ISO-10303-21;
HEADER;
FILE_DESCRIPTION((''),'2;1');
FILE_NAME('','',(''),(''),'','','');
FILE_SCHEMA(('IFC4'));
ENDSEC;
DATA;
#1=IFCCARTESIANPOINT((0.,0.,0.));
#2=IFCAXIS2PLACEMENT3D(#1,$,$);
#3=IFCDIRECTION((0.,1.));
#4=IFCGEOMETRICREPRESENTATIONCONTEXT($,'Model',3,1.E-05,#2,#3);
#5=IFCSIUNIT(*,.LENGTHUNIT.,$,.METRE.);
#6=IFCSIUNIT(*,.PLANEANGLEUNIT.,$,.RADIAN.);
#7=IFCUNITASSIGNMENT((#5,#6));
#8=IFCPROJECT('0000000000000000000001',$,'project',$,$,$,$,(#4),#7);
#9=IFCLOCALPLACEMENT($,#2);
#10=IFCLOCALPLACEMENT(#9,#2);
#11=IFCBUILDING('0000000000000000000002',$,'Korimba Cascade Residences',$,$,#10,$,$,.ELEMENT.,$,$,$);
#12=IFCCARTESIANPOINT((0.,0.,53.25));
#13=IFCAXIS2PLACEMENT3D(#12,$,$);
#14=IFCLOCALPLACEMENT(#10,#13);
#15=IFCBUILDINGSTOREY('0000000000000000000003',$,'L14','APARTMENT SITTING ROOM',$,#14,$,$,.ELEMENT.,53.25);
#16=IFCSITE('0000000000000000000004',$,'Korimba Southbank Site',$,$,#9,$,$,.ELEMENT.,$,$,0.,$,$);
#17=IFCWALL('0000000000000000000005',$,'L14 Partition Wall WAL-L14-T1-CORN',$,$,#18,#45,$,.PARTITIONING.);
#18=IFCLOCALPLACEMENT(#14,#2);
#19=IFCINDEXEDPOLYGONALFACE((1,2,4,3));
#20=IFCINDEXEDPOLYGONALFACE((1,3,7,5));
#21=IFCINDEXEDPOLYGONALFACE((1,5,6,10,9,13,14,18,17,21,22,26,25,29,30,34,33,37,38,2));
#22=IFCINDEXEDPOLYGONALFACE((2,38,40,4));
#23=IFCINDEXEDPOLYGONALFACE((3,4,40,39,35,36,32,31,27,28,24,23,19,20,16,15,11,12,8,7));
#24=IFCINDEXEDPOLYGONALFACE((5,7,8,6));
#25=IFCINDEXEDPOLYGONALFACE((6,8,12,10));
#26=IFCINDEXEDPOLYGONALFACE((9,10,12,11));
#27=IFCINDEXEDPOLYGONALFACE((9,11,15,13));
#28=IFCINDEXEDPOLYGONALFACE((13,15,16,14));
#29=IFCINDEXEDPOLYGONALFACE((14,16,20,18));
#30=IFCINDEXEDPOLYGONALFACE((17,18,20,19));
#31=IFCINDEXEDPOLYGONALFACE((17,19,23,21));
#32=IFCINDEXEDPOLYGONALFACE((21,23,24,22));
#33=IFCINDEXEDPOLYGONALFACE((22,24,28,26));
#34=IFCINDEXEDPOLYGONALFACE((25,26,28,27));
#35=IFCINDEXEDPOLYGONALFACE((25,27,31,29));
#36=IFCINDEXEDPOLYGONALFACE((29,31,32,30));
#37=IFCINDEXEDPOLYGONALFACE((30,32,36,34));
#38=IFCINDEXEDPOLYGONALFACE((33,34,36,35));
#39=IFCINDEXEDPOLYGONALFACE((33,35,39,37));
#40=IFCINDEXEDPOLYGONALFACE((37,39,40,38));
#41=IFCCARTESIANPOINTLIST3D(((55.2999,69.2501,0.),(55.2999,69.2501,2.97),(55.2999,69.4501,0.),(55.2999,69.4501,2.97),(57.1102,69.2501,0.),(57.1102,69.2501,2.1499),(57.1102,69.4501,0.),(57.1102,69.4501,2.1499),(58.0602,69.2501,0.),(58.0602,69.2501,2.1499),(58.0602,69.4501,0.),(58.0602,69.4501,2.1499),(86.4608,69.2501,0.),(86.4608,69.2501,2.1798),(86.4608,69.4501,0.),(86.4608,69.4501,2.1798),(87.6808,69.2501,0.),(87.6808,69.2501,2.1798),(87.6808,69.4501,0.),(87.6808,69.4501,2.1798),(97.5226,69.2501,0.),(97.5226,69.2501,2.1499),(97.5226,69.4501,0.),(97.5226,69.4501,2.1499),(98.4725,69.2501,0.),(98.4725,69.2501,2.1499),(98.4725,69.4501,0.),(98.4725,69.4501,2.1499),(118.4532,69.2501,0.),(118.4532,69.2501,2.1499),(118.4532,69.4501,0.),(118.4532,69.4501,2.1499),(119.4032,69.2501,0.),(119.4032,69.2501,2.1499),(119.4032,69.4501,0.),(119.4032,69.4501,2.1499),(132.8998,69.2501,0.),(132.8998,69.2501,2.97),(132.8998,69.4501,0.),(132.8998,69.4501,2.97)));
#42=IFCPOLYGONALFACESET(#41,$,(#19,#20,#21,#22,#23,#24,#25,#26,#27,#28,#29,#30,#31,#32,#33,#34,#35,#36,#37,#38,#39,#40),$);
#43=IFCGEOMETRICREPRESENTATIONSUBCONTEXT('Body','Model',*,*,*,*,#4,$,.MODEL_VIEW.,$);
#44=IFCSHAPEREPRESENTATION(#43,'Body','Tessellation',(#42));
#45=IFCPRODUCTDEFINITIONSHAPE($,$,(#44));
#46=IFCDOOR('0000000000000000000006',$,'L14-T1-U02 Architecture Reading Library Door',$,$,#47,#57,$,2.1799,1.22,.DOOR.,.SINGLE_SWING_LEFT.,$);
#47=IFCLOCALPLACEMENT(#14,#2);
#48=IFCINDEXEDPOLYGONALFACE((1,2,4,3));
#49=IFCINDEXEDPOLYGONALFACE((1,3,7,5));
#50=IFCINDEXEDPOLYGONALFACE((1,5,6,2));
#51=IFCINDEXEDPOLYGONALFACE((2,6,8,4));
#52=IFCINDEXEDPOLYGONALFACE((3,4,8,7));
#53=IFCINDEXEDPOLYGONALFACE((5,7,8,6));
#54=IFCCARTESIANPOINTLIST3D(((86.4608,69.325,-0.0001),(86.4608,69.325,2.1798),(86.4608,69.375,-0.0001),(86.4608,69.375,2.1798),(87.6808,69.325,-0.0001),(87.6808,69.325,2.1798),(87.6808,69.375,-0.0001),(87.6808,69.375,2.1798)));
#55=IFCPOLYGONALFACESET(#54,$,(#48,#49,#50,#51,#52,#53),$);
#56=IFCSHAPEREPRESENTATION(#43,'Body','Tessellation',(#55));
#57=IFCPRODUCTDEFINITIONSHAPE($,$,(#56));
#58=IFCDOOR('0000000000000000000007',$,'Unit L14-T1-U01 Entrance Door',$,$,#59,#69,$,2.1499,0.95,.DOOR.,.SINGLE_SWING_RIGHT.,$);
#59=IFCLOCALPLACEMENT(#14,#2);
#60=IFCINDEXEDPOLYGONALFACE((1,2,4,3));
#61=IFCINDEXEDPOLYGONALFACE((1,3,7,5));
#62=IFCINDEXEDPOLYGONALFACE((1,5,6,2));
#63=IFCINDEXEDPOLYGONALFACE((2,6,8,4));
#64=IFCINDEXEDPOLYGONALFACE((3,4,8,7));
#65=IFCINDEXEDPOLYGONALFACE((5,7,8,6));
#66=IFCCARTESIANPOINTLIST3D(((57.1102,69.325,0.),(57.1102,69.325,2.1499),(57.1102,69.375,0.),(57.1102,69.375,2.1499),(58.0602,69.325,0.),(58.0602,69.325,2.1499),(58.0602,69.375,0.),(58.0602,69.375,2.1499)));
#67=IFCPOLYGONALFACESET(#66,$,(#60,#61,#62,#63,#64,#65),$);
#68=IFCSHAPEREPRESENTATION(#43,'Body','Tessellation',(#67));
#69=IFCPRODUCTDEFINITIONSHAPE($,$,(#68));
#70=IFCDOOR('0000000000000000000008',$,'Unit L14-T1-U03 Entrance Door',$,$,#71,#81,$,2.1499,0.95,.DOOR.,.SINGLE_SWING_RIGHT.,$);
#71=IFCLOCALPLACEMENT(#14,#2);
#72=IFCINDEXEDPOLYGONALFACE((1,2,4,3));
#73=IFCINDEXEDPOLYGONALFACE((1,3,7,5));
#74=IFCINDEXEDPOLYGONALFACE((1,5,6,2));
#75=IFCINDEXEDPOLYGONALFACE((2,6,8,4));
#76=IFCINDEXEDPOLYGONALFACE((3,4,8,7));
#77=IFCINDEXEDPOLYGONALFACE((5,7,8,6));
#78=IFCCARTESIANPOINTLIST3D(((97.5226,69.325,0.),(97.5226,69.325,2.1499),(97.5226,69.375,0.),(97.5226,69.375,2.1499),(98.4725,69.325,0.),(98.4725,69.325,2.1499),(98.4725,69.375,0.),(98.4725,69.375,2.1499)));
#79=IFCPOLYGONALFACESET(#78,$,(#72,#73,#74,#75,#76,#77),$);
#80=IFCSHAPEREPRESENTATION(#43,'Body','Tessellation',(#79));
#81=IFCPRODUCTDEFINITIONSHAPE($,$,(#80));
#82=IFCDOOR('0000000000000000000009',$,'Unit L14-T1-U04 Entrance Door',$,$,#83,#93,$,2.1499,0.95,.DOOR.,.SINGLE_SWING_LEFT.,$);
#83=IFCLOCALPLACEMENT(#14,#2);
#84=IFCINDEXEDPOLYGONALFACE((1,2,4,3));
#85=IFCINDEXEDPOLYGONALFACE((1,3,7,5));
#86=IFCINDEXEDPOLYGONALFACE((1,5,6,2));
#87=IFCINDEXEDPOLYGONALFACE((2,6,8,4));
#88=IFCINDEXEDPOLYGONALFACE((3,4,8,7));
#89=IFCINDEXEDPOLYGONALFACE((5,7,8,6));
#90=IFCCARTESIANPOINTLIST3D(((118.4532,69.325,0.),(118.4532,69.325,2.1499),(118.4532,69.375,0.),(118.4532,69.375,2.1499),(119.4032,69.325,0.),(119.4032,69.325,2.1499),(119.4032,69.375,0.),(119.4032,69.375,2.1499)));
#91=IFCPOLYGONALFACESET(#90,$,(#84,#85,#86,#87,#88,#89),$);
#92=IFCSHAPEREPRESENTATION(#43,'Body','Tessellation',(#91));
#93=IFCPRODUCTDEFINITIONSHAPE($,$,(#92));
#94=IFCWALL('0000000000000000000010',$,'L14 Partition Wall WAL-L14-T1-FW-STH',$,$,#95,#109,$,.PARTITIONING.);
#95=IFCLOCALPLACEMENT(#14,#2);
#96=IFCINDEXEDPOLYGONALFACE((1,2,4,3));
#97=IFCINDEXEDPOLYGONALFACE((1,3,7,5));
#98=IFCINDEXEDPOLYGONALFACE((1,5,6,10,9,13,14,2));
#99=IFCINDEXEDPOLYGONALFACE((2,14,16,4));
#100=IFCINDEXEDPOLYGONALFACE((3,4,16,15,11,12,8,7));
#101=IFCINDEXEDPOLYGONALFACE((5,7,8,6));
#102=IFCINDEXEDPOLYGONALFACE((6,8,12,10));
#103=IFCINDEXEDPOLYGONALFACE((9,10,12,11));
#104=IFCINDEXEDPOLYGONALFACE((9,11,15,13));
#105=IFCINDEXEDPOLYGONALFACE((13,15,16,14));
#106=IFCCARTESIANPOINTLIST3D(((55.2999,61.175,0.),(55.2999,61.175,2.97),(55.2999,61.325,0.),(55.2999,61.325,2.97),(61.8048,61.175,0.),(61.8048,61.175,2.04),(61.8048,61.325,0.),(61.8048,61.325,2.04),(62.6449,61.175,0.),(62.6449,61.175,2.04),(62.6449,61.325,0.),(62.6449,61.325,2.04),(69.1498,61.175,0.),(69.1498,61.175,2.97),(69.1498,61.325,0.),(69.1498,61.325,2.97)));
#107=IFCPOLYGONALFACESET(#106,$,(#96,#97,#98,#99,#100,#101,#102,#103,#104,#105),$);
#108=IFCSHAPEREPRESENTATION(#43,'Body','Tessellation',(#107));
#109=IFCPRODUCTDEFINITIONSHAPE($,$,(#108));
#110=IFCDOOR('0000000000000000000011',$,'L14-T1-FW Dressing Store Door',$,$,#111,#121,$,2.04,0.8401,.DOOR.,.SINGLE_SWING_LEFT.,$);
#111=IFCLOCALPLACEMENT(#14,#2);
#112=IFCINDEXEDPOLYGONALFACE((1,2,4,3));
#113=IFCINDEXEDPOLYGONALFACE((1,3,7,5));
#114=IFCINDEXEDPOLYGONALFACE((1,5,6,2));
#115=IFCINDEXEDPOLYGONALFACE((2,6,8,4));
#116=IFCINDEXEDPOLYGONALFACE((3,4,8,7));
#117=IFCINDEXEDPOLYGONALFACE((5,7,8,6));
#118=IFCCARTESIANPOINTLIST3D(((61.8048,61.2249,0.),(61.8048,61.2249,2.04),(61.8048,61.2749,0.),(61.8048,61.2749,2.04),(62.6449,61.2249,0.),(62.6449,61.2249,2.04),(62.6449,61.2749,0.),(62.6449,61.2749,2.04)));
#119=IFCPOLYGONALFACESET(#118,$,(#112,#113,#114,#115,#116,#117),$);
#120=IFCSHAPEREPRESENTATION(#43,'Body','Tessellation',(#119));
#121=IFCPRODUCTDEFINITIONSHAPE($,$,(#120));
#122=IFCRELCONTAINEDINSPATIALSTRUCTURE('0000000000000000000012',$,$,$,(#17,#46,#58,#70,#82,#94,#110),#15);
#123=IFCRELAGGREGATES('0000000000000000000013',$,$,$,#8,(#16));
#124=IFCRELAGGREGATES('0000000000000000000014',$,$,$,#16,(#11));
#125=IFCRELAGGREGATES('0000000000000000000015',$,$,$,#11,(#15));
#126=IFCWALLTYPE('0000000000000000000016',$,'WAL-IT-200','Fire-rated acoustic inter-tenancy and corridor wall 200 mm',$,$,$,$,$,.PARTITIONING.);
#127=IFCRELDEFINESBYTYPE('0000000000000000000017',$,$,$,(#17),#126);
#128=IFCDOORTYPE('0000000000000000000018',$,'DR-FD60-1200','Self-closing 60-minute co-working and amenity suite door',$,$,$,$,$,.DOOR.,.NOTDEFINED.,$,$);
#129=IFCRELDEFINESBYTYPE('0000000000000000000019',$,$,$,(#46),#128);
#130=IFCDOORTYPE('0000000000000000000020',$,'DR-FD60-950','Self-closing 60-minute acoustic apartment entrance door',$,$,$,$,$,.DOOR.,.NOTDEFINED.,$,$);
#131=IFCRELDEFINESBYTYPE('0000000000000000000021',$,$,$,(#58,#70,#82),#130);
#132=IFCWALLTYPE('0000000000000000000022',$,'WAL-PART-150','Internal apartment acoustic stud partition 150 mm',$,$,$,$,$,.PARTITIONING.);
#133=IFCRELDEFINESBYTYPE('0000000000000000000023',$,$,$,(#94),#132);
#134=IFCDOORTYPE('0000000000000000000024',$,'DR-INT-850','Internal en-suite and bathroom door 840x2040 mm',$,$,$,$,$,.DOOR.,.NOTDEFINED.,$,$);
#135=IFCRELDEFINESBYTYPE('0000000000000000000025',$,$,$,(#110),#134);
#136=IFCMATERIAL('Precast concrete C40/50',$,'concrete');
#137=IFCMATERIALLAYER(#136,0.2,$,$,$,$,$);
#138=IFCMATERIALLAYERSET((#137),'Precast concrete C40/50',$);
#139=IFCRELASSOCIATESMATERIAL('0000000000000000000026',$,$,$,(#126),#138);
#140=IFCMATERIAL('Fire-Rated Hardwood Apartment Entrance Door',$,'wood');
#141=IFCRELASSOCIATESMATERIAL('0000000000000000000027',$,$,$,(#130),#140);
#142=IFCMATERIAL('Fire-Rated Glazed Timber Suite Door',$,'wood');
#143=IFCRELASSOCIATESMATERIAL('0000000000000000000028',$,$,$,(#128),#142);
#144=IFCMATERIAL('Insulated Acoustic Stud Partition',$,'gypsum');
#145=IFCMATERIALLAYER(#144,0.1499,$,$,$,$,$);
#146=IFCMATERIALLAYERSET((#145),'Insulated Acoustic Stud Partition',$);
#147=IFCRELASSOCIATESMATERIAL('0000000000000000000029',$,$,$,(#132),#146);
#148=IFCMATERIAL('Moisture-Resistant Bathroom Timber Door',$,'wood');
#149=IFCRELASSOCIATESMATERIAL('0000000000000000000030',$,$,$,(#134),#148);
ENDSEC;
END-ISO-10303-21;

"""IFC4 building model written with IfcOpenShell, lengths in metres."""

from ifc_helpers import new_model, si_unit, direction, frame, frame_2d, origin, place, context, subcontext, project, spatial, rectangle, extrude, material, layer, layer_set, type_object, element, fill, save


model = new_model("IFC4")

# Units and contexts
model_context = context("Model", 3, precision=1e-05, world=origin(), true_north=direction((0.0, 1.0)))
body_context = subcontext(model_context, "Body", "Model", "MODEL_VIEW")
ifc_project = project(units=[si_unit("LENGTHUNIT", "METRE"), si_unit("PLANEANGLEUNIT", "RADIAN")], contexts=[model_context])

# Site, building, storey
site_placement = place(None, origin())
site = spatial("IfcSite", under=ifc_project, at=site_placement, Name="Korimba Southbank Site", CompositionType="ELEMENT", RefElevation=0.0)
building_placement = place(site_placement, origin())
building = spatial("IfcBuilding", under=site, at=building_placement, Name="Korimba Cascade Residences", CompositionType="ELEMENT")
storey_placement = place(building_placement, frame((0.0, 0.0, 53.25)))
storey = spatial("IfcBuildingStorey", under=building, at=storey_placement, Name="L14", Description="APARTMENT SITTING ROOM", CompositionType="ELEMENT", Elevation=53.25)

# Shared definitions
ifc_material_1 = material(Name="Precast concrete C40/50", Category="concrete")
ifc_layer_1 = layer(ifc_material_1, 0.2)
ifc_layer_set_1 = layer_set([ifc_layer_1], Name="Precast concrete C40/50")
wall_type_1 = type_object("IfcWallType", Name="WAL-IT-200", Description="Fire-rated acoustic inter-tenancy and corridor wall 200 mm", PredefinedType="PARTITIONING", material=ifc_layer_set_1)
ifc_material_2 = material(Name="Fire-Rated Hardwood Apartment Entrance Door", Category="wood")
door_type_1 = type_object("IfcDoorType", Name="DR-FD60-950", Description="Self-closing 60-minute acoustic apartment entrance door", OperationType="NOTDEFINED", PredefinedType="DOOR", material=ifc_material_2)

# Wall, openings, doors
wall_1_placement = place(storey_placement, frame((55.3, 69.3501, 0.0), z_axis=(0.0, 0.0, 1.0), x_axis=(1.0, 0.0, 0.0)))
wall_1 = element("IfcWall", 1, at=wall_1_placement, inside=storey, type_object=wall_type_1, Name="L14 Partition Wall WAL-L14-T1-CORN", PredefinedType="PARTITIONING", context=body_context, shape_type="SweptSolid", body=[
    extrude(rectangle(XDim=77.5999, YDim=0.2, at=frame_2d((38.7998, 0.0))), origin(), (0.0, 0.0, 1.0), 2.97),
])
opening_1_placement = place(wall_1_placement, frame((1.8101, 0.0, 0.0)))
opening_1 = element("IfcOpeningElement", 2, at=opening_1_placement, cuts=wall_1, PredefinedType="OPENING", context=body_context, shape_type="SweptSolid", body=[
    extrude(rectangle(XDim=0.95, YDim=2.1499, at=frame_2d((0.4751, 1.075))), frame((0.0, 0.1099, 0.0), z_axis=(0.0, -1.0, 0.0), x_axis=(1.0, 0.0, 0.0)), (0.0, 0.0, 1.0), 0.22),
])
opening_2_placement = place(wall_1_placement, frame((31.1609, 0.0, 0.0)))
opening_2 = element("IfcOpeningElement", 3, at=opening_2_placement, cuts=wall_1, PredefinedType="OPENING", context=body_context, shape_type="SweptSolid", body=[
    extrude(rectangle(XDim=1.22, YDim=2.1799, at=frame_2d((0.6099, 1.0898))), frame((0.0, 0.1099, 0.0), z_axis=(0.0, -1.0, 0.0), x_axis=(1.0, 0.0, 0.0)), (0.0, 0.0, 1.0), 0.22),
])
opening_3_placement = place(wall_1_placement, frame((42.2224, 0.0, 0.0)))
opening_3 = element("IfcOpeningElement", 4, at=opening_3_placement, cuts=wall_1, PredefinedType="OPENING", context=body_context, shape_type="SweptSolid", body=[
    extrude(rectangle(XDim=0.95, YDim=2.1499, at=frame_2d((0.4751, 1.075))), frame((0.0, 0.1099, 0.0), z_axis=(0.0, -1.0, 0.0), x_axis=(1.0, 0.0, 0.0)), (0.0, 0.0, 1.0), 0.22),
])
opening_4_placement = place(wall_1_placement, frame((63.1531, 0.0, 0.0)))
opening_4 = element("IfcOpeningElement", 5, at=opening_4_placement, cuts=wall_1, PredefinedType="OPENING", context=body_context, shape_type="SweptSolid", body=[
    extrude(rectangle(XDim=0.95, YDim=2.1499, at=frame_2d((0.4751, 1.075))), frame((0.0, 0.1099, 0.0), z_axis=(0.0, -1.0, 0.0), x_axis=(1.0, 0.0, 0.0)), (0.0, 0.0, 1.0), 0.22),
])
ifc_material_3 = material(Name="Fire-Rated Glazed Timber Suite Door", Category="wood")
door_type_2 = type_object("IfcDoorType", Name="DR-FD60-1200", Description="Self-closing 60-minute co-working and amenity suite door", OperationType="NOTDEFINED", PredefinedType="DOOR", material=ifc_material_3)
door_1_placement = place(opening_2_placement, origin())
door_1 = element("IfcDoor", 6, at=door_1_placement, inside=storey, type_object=door_type_2, Name="L14-T1-U02 Architecture Reading Library Door", OperationType="SINGLE_SWING_LEFT", OverallHeight=2.1799, OverallWidth=1.22, PredefinedType="DOOR", context=body_context, shape_type="SweptSolid", body=[
    extrude(rectangle(XDim=1.22, YDim=2.1799, at=frame_2d((0.6099, 1.0898))), frame((0.0, 0.0249, 0.0), z_axis=(0.0, -1.0, 0.0), x_axis=(1.0, 0.0, 0.0)), (0.0, 0.0, 1.0), 0.05),
])
fill(opening_2, door_1)
door_2_placement = place(opening_1_placement, origin())
door_2 = element("IfcDoor", 7, at=door_2_placement, inside=storey, type_object=door_type_1, Name="Unit L14-T1-U01 Entrance Door", OperationType="SINGLE_SWING_RIGHT", OverallHeight=2.1499, OverallWidth=0.95, PredefinedType="DOOR", context=body_context, shape_type="SweptSolid", body=[
    extrude(rectangle(XDim=0.95, YDim=2.1499, at=frame_2d((0.4751, 1.075))), frame((0.0, 0.0249, 0.0), z_axis=(0.0, -1.0, 0.0), x_axis=(1.0, 0.0, 0.0)), (0.0, 0.0, 1.0), 0.05),
])
fill(opening_1, door_2)
door_3_placement = place(opening_3_placement, origin())
door_3 = element("IfcDoor", 8, at=door_3_placement, inside=storey, type_object=door_type_1, Name="Unit L14-T1-U03 Entrance Door", OperationType="SINGLE_SWING_RIGHT", OverallHeight=2.1499, OverallWidth=0.95, PredefinedType="DOOR", context=body_context, shape_type="SweptSolid", body=[
    extrude(rectangle(XDim=0.95, YDim=2.1499, at=frame_2d((0.4751, 1.075))), frame((0.0, 0.0249, 0.0), z_axis=(0.0, -1.0, 0.0), x_axis=(1.0, 0.0, 0.0)), (0.0, 0.0, 1.0), 0.05),
])
fill(opening_3, door_3)
door_4_placement = place(opening_4_placement, origin())
door_4 = element("IfcDoor", 9, at=door_4_placement, inside=storey, type_object=door_type_1, Name="Unit L14-T1-U04 Entrance Door", OperationType="SINGLE_SWING_LEFT", OverallHeight=2.1499, OverallWidth=0.95, PredefinedType="DOOR", context=body_context, shape_type="SweptSolid", body=[
    extrude(rectangle(XDim=0.95, YDim=2.1499, at=frame_2d((0.4751, 1.075))), frame((0.0, 0.0249, 0.0), z_axis=(0.0, -1.0, 0.0), x_axis=(1.0, 0.0, 0.0)), (0.0, 0.0, 1.0), 0.05),
])
fill(opening_4, door_4)

# Wall, opening, door
ifc_material_4 = material(Name="Insulated Acoustic Stud Partition", Category="gypsum")
ifc_layer_2 = layer(ifc_material_4, 0.1499)
ifc_layer_set_2 = layer_set([ifc_layer_2], Name="Insulated Acoustic Stud Partition")
wall_type_2 = type_object("IfcWallType", Name="WAL-PART-150", Description="Internal apartment acoustic stud partition 150 mm", PredefinedType="PARTITIONING", material=ifc_layer_set_2)
wall_2_placement = place(storey_placement, frame((55.3, 61.25, 0.0), z_axis=(0.0, 0.0, 1.0), x_axis=(1.0, 0.0, 0.0)))
wall_2 = element("IfcWall", 10, at=wall_2_placement, inside=storey, type_object=wall_type_2, Name="L14 Partition Wall WAL-L14-T1-FW-STH", PredefinedType="PARTITIONING", context=body_context, shape_type="SweptSolid", body=[
    extrude(rectangle(XDim=13.8499, YDim=0.1499, at=frame_2d((6.9248, 0.0))), origin(), (0.0, 0.0, 1.0), 2.97),
])
opening_5_placement = place(wall_2_placement, frame((6.5049, 0.0, 0.0)))
opening_5 = element("IfcOpeningElement", 11, at=opening_5_placement, cuts=wall_2, PredefinedType="OPENING", context=body_context, shape_type="SweptSolid", body=[
    extrude(rectangle(XDim=0.8401, YDim=2.04, at=frame_2d((0.4199, 1.02))), frame((0.0, 0.085, 0.0), z_axis=(0.0, -1.0, 0.0), x_axis=(1.0, 0.0, 0.0)), (0.0, 0.0, 1.0), 0.1699),
])
ifc_material_5 = material(Name="Moisture-Resistant Bathroom Timber Door", Category="wood")
door_type_3 = type_object("IfcDoorType", Name="DR-INT-850", Description="Internal en-suite and bathroom door 840x2040 mm", OperationType="NOTDEFINED", PredefinedType="DOOR", material=ifc_material_5)
door_5_placement = place(opening_5_placement, origin())
door_5 = element("IfcDoor", 12, at=door_5_placement, inside=storey, type_object=door_type_3, Name="L14-T1-FW Dressing Store Door", OperationType="SINGLE_SWING_LEFT", OverallHeight=2.04, OverallWidth=0.8401, PredefinedType="DOOR", context=body_context, shape_type="SweptSolid", body=[
    extrude(rectangle(XDim=0.8401, YDim=2.04, at=frame_2d((0.4199, 1.02))), frame((0.0, 0.0249, 0.0), z_axis=(0.0, -1.0, 0.0), x_axis=(1.0, 0.0, 0.0)), (0.0, 0.0, 1.0), 0.05),
])
fill(opening_5, door_5)

save(model, "model.ifc")
